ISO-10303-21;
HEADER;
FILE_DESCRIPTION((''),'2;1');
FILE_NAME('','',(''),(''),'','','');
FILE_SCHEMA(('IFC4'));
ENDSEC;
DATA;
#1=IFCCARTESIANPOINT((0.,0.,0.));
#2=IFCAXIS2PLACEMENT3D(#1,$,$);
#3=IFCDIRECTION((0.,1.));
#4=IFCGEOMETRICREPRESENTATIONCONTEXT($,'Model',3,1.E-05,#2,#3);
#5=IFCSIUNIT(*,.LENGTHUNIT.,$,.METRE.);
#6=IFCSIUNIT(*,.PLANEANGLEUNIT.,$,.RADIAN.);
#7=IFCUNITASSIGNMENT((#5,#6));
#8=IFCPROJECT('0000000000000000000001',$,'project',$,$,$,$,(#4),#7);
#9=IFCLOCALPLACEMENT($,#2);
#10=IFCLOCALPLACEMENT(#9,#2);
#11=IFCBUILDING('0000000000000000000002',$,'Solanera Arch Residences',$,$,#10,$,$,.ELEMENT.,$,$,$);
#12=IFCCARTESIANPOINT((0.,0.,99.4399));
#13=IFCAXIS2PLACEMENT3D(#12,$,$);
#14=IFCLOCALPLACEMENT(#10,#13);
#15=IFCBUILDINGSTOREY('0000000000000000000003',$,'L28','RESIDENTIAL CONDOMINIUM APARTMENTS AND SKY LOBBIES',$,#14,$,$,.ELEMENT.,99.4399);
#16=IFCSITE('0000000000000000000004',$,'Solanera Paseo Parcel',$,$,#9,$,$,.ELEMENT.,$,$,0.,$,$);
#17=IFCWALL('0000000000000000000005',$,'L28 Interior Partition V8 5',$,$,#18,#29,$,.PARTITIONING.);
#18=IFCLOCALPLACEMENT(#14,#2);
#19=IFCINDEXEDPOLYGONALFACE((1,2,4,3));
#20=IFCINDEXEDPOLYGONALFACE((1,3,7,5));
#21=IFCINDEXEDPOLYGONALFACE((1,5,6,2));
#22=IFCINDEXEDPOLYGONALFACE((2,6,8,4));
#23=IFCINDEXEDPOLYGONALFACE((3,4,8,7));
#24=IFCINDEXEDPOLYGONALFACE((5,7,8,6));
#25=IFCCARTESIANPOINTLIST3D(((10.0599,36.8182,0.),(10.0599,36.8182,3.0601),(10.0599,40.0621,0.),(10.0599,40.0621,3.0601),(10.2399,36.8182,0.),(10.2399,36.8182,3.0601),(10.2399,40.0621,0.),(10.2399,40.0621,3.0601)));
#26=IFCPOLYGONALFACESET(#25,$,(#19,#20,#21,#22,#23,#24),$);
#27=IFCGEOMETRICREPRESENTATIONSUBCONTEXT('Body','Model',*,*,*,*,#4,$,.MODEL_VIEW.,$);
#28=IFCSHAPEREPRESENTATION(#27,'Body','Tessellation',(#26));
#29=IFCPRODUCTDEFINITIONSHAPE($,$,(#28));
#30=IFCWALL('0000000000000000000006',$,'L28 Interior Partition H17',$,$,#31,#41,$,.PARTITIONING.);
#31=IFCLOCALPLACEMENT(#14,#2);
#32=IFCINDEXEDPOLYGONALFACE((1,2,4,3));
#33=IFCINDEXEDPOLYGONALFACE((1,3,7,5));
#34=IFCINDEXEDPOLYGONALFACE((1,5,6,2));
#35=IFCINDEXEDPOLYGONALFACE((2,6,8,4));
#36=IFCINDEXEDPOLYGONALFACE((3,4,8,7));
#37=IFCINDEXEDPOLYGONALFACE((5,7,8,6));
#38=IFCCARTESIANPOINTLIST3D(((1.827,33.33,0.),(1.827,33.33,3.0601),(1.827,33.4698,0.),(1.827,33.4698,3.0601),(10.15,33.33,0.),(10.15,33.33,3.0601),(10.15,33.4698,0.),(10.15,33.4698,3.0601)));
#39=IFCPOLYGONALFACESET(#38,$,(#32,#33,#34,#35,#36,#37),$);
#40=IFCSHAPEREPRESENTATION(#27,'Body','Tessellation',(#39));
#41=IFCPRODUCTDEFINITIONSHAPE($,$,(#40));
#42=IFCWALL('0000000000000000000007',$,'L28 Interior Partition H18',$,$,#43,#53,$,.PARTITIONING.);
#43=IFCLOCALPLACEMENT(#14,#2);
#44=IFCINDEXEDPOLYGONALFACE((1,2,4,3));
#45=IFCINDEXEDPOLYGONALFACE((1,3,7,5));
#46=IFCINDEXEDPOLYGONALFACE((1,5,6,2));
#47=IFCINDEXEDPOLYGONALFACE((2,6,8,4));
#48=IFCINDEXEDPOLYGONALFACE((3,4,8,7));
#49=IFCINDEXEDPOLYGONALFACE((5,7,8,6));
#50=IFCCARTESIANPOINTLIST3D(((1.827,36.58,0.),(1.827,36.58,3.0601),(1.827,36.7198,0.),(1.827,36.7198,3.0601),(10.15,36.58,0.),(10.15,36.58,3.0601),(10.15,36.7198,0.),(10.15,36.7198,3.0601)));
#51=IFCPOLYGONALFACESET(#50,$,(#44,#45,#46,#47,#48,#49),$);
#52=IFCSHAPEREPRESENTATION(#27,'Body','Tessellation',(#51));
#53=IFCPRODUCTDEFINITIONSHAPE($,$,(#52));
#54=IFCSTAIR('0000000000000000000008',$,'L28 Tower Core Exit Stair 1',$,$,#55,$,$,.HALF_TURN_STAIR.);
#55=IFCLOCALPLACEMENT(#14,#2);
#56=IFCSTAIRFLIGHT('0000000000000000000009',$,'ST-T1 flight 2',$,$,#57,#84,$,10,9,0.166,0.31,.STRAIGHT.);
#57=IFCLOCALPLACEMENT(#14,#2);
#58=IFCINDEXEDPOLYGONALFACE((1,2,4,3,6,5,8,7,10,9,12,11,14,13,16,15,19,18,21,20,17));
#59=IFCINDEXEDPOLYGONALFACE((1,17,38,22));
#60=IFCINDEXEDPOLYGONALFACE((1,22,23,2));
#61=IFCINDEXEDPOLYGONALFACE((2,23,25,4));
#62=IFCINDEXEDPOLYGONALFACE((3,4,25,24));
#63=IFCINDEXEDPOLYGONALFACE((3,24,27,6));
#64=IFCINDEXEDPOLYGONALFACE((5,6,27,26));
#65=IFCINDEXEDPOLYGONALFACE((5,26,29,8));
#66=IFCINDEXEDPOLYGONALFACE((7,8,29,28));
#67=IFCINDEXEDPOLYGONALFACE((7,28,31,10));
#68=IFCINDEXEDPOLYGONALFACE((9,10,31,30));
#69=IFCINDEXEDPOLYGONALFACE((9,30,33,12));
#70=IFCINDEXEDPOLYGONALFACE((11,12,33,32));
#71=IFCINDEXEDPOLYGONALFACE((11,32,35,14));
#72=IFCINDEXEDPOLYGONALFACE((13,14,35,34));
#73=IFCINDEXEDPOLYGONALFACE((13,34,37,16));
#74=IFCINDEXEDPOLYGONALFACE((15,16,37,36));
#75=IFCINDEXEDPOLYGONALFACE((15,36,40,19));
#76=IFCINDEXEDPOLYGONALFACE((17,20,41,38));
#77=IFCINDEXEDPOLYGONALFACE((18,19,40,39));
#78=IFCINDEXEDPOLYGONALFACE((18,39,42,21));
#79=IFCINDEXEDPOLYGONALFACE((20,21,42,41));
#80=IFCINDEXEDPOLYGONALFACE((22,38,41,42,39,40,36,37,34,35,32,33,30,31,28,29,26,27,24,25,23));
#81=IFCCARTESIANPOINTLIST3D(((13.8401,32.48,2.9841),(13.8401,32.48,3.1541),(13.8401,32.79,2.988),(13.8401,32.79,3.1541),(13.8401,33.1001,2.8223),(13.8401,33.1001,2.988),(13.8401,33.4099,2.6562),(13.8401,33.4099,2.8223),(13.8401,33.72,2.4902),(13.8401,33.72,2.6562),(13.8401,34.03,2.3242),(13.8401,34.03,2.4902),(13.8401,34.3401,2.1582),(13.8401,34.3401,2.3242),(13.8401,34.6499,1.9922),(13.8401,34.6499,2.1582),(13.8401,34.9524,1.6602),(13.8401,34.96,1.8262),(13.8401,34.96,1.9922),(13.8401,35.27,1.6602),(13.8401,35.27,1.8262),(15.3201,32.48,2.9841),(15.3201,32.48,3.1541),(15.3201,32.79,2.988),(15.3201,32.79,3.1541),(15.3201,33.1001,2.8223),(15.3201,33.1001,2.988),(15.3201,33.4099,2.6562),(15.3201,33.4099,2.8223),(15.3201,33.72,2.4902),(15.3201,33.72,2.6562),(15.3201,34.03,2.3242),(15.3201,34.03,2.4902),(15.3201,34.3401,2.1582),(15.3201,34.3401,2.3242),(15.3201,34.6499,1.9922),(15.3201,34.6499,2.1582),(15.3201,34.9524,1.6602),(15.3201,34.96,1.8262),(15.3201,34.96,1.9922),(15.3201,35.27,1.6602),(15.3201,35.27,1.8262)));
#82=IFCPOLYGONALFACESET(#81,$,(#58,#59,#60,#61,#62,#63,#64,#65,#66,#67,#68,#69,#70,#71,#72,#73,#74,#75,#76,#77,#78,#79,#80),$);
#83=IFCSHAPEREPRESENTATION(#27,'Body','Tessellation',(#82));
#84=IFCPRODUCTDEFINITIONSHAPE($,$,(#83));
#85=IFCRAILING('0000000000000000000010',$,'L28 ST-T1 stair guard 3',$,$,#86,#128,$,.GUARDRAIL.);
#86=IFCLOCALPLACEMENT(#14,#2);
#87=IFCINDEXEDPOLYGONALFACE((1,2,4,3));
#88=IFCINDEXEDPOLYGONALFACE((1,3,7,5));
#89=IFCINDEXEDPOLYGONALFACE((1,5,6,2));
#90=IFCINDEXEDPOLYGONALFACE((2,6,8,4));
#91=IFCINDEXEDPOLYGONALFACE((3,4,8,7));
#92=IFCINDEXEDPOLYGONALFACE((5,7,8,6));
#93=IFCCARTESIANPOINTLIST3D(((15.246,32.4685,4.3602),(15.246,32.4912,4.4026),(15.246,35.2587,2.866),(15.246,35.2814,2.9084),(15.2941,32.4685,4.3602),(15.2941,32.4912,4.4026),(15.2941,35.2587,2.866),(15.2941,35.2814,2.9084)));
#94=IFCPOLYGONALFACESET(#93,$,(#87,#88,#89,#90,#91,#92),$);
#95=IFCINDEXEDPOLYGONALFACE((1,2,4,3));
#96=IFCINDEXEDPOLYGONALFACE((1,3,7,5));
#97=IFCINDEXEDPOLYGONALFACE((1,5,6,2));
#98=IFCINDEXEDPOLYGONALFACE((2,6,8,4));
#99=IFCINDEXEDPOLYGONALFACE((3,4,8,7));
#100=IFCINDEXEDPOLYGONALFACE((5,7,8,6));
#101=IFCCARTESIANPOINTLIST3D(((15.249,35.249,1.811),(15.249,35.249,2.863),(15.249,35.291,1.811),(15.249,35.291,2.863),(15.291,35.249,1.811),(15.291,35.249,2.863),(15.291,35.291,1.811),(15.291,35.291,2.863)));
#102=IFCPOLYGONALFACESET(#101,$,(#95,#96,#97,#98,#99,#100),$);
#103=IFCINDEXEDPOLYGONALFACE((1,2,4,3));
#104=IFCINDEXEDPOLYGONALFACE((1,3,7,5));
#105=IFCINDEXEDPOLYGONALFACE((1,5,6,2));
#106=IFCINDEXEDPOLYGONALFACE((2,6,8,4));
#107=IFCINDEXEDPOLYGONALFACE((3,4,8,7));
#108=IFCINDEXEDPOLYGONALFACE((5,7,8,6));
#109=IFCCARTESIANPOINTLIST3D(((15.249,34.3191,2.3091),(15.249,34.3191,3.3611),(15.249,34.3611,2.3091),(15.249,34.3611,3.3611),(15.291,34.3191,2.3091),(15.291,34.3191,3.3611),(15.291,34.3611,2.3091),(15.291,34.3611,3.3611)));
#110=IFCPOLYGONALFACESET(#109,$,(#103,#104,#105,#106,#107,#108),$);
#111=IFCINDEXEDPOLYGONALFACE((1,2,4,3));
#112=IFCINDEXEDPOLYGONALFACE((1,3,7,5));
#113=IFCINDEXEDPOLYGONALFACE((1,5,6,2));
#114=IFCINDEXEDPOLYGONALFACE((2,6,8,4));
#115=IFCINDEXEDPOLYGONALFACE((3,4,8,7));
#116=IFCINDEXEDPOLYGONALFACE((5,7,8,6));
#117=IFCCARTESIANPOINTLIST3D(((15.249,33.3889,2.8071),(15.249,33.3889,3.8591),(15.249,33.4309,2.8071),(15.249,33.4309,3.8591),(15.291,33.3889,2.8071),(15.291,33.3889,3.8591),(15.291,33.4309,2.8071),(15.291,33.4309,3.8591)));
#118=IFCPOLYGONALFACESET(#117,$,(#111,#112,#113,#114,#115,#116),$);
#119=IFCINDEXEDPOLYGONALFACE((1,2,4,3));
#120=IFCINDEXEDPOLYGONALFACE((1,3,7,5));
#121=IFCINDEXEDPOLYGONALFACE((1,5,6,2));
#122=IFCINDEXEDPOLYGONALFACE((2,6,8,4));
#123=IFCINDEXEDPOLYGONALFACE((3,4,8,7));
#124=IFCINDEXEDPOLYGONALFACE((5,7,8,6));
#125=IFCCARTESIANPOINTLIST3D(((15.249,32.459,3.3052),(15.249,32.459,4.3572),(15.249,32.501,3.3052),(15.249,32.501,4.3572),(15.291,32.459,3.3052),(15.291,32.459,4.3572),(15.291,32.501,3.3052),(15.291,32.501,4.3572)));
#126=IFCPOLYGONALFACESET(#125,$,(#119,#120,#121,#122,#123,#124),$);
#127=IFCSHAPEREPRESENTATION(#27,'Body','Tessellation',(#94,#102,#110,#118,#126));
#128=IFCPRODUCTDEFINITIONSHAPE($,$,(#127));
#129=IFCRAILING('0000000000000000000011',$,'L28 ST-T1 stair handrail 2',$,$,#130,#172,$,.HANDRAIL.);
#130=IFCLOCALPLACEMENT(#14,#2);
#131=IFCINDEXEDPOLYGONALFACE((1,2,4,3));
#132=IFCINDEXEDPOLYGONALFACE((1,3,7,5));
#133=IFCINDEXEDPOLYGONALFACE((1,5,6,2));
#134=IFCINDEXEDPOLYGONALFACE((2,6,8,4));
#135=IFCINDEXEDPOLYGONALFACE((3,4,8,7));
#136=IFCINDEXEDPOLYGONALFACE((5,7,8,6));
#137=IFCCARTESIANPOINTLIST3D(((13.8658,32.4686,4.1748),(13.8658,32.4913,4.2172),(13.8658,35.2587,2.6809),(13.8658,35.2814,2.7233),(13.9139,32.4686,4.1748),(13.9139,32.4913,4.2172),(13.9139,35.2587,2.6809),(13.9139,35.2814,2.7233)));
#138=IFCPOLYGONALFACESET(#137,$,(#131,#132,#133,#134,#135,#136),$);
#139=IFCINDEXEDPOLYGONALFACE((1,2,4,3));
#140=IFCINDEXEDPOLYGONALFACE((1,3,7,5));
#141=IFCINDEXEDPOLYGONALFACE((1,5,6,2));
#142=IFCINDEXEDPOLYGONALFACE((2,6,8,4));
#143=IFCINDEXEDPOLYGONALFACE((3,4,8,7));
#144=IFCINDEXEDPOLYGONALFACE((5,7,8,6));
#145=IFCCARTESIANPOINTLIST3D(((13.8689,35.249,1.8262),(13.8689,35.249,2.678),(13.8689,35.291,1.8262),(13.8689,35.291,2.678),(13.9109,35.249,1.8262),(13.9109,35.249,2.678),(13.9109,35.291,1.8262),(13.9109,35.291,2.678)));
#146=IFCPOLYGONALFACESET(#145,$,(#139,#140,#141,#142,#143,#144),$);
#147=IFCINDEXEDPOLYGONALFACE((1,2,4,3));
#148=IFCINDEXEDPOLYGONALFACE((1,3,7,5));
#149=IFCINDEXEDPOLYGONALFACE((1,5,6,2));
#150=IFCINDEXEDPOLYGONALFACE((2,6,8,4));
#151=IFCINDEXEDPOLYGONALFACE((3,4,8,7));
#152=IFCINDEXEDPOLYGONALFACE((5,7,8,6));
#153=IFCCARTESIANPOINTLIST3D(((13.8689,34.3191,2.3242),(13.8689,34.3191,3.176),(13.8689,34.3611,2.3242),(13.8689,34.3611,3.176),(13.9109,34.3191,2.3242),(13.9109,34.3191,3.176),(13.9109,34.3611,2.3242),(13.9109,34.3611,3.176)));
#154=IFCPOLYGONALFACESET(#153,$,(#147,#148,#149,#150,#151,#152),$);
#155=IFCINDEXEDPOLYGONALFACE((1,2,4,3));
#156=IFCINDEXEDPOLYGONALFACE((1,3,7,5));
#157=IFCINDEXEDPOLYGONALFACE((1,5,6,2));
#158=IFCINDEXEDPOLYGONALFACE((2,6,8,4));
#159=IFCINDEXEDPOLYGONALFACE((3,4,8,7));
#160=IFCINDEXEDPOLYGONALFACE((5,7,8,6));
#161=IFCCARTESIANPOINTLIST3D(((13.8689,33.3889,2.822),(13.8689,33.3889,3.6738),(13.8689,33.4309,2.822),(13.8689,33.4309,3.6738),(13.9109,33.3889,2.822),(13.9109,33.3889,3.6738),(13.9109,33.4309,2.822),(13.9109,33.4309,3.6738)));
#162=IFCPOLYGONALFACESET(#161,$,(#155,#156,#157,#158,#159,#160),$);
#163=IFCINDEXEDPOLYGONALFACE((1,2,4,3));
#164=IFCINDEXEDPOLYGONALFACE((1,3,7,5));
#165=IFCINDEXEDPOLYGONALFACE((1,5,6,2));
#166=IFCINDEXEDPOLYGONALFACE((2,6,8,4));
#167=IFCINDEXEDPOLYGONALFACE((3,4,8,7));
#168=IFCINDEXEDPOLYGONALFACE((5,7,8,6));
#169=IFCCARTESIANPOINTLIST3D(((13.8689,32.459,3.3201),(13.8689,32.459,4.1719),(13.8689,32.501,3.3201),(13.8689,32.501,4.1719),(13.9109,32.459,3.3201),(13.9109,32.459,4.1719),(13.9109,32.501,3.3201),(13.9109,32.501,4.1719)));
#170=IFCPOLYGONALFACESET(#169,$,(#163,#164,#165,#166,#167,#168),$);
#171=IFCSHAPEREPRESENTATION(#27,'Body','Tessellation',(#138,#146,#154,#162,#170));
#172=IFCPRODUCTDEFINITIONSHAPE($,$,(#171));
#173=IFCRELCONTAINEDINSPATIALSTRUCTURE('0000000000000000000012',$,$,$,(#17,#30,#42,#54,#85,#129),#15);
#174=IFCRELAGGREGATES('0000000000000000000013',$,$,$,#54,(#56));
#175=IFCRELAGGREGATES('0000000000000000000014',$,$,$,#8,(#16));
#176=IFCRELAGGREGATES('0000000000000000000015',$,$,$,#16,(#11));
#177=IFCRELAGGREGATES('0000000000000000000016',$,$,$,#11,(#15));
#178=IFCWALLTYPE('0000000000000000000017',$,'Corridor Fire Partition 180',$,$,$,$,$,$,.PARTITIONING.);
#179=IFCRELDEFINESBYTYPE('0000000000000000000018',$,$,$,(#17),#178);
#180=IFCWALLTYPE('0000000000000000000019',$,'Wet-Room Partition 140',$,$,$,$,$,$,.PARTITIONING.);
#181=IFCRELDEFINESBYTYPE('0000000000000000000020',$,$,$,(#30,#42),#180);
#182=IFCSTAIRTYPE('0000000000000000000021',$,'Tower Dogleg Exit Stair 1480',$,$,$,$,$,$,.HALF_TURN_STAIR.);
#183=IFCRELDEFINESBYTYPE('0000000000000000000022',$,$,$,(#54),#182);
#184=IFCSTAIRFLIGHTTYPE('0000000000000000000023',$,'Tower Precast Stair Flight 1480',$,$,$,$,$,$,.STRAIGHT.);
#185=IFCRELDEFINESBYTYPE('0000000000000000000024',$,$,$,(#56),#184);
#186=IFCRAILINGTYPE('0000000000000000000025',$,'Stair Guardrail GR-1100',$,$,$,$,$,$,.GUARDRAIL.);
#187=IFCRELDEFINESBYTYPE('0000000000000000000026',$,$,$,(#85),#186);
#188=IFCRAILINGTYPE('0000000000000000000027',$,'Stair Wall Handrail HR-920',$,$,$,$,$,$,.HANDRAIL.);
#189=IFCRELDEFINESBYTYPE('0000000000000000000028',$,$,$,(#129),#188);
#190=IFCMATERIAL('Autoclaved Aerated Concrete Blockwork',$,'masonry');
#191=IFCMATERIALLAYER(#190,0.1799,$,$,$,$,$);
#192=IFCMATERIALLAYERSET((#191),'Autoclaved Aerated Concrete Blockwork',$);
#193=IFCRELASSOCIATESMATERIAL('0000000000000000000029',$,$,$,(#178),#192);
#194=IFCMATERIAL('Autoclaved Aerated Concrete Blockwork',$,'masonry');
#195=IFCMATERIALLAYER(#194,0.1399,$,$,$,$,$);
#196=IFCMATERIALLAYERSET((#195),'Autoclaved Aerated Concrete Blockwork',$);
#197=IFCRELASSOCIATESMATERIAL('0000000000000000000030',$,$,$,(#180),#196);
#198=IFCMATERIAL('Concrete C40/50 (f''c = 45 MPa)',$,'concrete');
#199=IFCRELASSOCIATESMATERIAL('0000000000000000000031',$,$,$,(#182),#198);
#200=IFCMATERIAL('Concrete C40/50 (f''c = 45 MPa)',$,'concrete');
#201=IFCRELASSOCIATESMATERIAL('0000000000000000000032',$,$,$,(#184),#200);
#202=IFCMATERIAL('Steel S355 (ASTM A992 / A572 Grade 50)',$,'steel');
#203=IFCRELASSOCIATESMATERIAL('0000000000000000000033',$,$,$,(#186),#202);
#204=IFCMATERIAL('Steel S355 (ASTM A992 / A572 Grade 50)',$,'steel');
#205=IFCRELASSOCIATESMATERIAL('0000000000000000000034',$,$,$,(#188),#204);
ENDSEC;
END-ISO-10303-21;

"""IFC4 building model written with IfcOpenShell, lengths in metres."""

from ifc_helpers import new_model, si_unit, direction, frame, frame_2d, origin, origin_2d, place, context, subcontext, project, spatial, polyline, rectangle, outline, extrude, material, layer, layer_set, type_object, element, aggregate, save


model = new_model("IFC4")

# Units and contexts
model_context = context("Model", 3, precision=1e-05, world=origin(), true_north=direction((0.0, 1.0)))
body_context = subcontext(model_context, "Body", "Model", "MODEL_VIEW")
ifc_project = project(units=[si_unit("LENGTHUNIT", "METRE"), si_unit("PLANEANGLEUNIT", "RADIAN")], contexts=[model_context])

# Site, building, storey
site_placement = place(None, origin())
site = spatial("IfcSite", under=ifc_project, at=site_placement, Name="Solanera Paseo Parcel", CompositionType="ELEMENT", RefElevation=0.0)
building_placement = place(site_placement, origin())
building = spatial("IfcBuilding", under=site, at=building_placement, Name="Solanera Arch Residences", CompositionType="ELEMENT")
storey_placement = place(building_placement, frame((0.0, 0.0, 99.4399)))
storey = spatial("IfcBuildingStorey", under=building, at=storey_placement, Name="L28", Description="RESIDENTIAL CONDOMINIUM APARTMENTS AND SKY LOBBIES", CompositionType="ELEMENT", Elevation=99.4399)

# Shared definitions
ifc_material_1 = material(Name="Autoclaved Aerated Concrete Blockwork", Category="masonry")
ifc_layer_1 = layer(ifc_material_1, 0.1799)
ifc_layer_set_1 = layer_set([ifc_layer_1], Name="Autoclaved Aerated Concrete Blockwork")
wall_type_1 = type_object("IfcWallType", Name="Corridor Fire Partition 180", PredefinedType="PARTITIONING", material=ifc_layer_set_1)

# Walls
wall_1_placement = place(storey_placement, frame((10.1499, 36.8181, 0.0), z_axis=(0.0, 0.0, 1.0), x_axis=(0.0, 1.0, 0.0)))
element("IfcWall", 1, at=wall_1_placement, inside=storey, type_object=wall_type_1, Name="L28 Interior Partition V8 5", PredefinedType="PARTITIONING", context=body_context, shape_type="SweptSolid", body=[
    extrude(rectangle(XDim=3.2439, YDim=0.1799, at=frame_2d((1.6221, 0.0))), origin(), (0.0, 0.0, 1.0), 3.0601),
])
ifc_material_2 = material(Name="Autoclaved Aerated Concrete Blockwork", Category="masonry")
ifc_layer_2 = layer(ifc_material_2, 0.1399)
ifc_layer_set_2 = layer_set([ifc_layer_2], Name="Autoclaved Aerated Concrete Blockwork")
wall_type_2 = type_object("IfcWallType", Name="Wet-Room Partition 140", PredefinedType="PARTITIONING", material=ifc_layer_set_2)
for number, where, z_axis, x_axis, name in (
    (2, (1.8269, 33.3999, 0.0), (0.0, 0.0, 1.0), (1.0, 0.0, 0.0), "L28 Interior Partition H17"),
    (3, (1.8269, 36.6499, 0.0), (0.0, 0.0, 1.0), (1.0, 0.0, 0.0), "L28 Interior Partition H18"),
):
    element("IfcWall", number, at=place(storey_placement, frame(where, z_axis=z_axis, x_axis=x_axis)), inside=storey, type_object=wall_type_2, Name=name, PredefinedType="PARTITIONING", context=body_context, shape_type="SweptSolid", body=[
        extrude(rectangle(XDim=8.323, YDim=0.1399, at=frame_2d((4.1616, 0.0))), origin(), (0.0, 0.0, 1.0), 3.0601),
    ])

# Stair, stair flight
ifc_material_3 = material(Name="Concrete C40/50 (f'c = 45 MPa)", Category="concrete")
stair_type = type_object("IfcStairType", Name="Tower Dogleg Exit Stair 1480", PredefinedType="HALF_TURN_STAIR", material=ifc_material_3)
stair_placement = place(storey_placement, origin())
stair = element("IfcStair", 4, at=stair_placement, inside=storey, type_object=stair_type, Name="L28 Tower Core Exit Stair 1", PredefinedType="HALF_TURN_STAIR")
ifc_material_4 = material(Name="Concrete C40/50 (f'c = 45 MPa)", Category="concrete")
stair_flight_type = type_object("IfcStairFlightType", Name="Tower Precast Stair Flight 1480", PredefinedType="STRAIGHT", material=ifc_material_4)
stair_flight_placement = place(storey_placement, frame((14.5801, 35.27, 1.6602), z_axis=(0.0, 0.0, 1.0), x_axis=(0.0, -1.0, 0.0)))
stair_flight = element("IfcStairFlight", 5, at=stair_flight_placement, type_object=stair_flight_type, Name="ST-T1 flight 2", NumberOfRisers=10, NumberOfTreads=9, PredefinedType="STRAIGHT", RiserHeight=0.166, TreadLength=0.31, context=body_context, shape_type="SweptSolid", body=[
    extrude(outline(polyline([(0.0, 0.0), (0.0, 0.166), (0.3101, 0.166), (0.3101, 0.332), (0.6201, 0.332), (0.6201, 0.498), (0.9299, 0.498), (0.9299, 0.6641), (1.24, 0.6641), (1.24, 0.8301), (1.55, 0.8301), (1.55, 0.9961), (1.8601, 0.9961), (1.8601, 1.1621), (2.1699, 1.1621), (2.1699, 1.3279), (2.48, 1.3279), (2.48, 1.4939), (2.79, 1.4939), (2.79, 1.6599), (2.79, 1.324), (0.3176, 0.0), (0.0, 0.0)])), frame((0.0, 0.74, 0.0), z_axis=(0.0, -1.0, 0.0), x_axis=(1.0, 0.0, 0.0)), (0.0, 0.0, 1.0), 1.48),
])
aggregate(stair, [stair_flight])

# Railings
ifc_material_5 = material(Name="Steel S355 (ASTM A992 / A572 Grade 50)", Category="steel")
railing_type_1 = type_object("IfcRailingType", Name="Stair Guardrail GR-1100", PredefinedType="GUARDRAIL", material=ifc_material_5)
railing_1_placement = place(storey_placement, frame((15.27, 35.27, 1.811)))
element("IfcRailing", 6, at=railing_1_placement, inside=storey, type_object=railing_type_1, Name="L28 ST-T1 stair guard 3", PredefinedType="GUARDRAIL", context=body_context, shape_type="SweptSolid", body=[
    extrude(rectangle(XDim=0.0481, YDim=0.0481, at=origin_2d()), frame((0.0, 0.0, 1.0762), z_axis=(0.0, -0.881549, 0.472093), x_axis=(1.0, 0.0, 0.0)), (0.0, 0.0, 1.0), 3.165),
    extrude(rectangle(XDim=0.042, YDim=0.042, at=origin_2d()), origin(), (0.0, 0.0, 1.0), 1.052),
    extrude(rectangle(XDim=0.042, YDim=0.042, at=origin_2d()), frame((0.0, -0.9299, 0.498)), (0.0, 0.0, 1.0), 1.052),
    extrude(rectangle(XDim=0.042, YDim=0.042, at=origin_2d()), frame((0.0, -1.8601, 0.9961)), (0.0, 0.0, 1.0), 1.052),
    extrude(rectangle(XDim=0.042, YDim=0.042, at=origin_2d()), frame((0.0, -2.79, 1.4941)), (0.0, 0.0, 1.0), 1.052),
])
ifc_material_6 = material(Name="Steel S355 (ASTM A992 / A572 Grade 50)", Category="steel")
railing_type_2 = type_object("IfcRailingType", Name="Stair Wall Handrail HR-920", PredefinedType="HANDRAIL", material=ifc_material_6)
railing_2_placement = place(storey_placement, frame((13.8899, 35.27, 1.8262)))
element("IfcRailing", 7, at=railing_2_placement, inside=storey, type_object=railing_type_2, Name="L28 ST-T1 stair handrail 2", PredefinedType="HANDRAIL", context=body_context, shape_type="SweptSolid", body=[
    extrude(rectangle(XDim=0.0481, YDim=0.0481, at=origin_2d()), frame((0.0, 0.0, 0.876), z_axis=(0.0, -0.881581, 0.472033), x_axis=(1.0, 0.0, 0.0)), (0.0, 0.0, 1.0), 3.1648),
    extrude(rectangle(XDim=0.042, YDim=0.042, at=origin_2d()), origin(), (0.0, 0.0, 1.0), 0.8518),
    extrude(rectangle(XDim=0.042, YDim=0.042, at=origin_2d()), frame((0.0, -0.9299, 0.498)), (0.0, 0.0, 1.0), 0.8518),
    extrude(rectangle(XDim=0.042, YDim=0.042, at=origin_2d()), frame((0.0, -1.8601, 0.9958)), (0.0, 0.0, 1.0), 0.8518),
    extrude(rectangle(XDim=0.042, YDim=0.042, at=origin_2d()), frame((0.0, -2.79, 1.4939)), (0.0, 0.0, 1.0), 0.8518),
])

save(model, "model.ifc")
